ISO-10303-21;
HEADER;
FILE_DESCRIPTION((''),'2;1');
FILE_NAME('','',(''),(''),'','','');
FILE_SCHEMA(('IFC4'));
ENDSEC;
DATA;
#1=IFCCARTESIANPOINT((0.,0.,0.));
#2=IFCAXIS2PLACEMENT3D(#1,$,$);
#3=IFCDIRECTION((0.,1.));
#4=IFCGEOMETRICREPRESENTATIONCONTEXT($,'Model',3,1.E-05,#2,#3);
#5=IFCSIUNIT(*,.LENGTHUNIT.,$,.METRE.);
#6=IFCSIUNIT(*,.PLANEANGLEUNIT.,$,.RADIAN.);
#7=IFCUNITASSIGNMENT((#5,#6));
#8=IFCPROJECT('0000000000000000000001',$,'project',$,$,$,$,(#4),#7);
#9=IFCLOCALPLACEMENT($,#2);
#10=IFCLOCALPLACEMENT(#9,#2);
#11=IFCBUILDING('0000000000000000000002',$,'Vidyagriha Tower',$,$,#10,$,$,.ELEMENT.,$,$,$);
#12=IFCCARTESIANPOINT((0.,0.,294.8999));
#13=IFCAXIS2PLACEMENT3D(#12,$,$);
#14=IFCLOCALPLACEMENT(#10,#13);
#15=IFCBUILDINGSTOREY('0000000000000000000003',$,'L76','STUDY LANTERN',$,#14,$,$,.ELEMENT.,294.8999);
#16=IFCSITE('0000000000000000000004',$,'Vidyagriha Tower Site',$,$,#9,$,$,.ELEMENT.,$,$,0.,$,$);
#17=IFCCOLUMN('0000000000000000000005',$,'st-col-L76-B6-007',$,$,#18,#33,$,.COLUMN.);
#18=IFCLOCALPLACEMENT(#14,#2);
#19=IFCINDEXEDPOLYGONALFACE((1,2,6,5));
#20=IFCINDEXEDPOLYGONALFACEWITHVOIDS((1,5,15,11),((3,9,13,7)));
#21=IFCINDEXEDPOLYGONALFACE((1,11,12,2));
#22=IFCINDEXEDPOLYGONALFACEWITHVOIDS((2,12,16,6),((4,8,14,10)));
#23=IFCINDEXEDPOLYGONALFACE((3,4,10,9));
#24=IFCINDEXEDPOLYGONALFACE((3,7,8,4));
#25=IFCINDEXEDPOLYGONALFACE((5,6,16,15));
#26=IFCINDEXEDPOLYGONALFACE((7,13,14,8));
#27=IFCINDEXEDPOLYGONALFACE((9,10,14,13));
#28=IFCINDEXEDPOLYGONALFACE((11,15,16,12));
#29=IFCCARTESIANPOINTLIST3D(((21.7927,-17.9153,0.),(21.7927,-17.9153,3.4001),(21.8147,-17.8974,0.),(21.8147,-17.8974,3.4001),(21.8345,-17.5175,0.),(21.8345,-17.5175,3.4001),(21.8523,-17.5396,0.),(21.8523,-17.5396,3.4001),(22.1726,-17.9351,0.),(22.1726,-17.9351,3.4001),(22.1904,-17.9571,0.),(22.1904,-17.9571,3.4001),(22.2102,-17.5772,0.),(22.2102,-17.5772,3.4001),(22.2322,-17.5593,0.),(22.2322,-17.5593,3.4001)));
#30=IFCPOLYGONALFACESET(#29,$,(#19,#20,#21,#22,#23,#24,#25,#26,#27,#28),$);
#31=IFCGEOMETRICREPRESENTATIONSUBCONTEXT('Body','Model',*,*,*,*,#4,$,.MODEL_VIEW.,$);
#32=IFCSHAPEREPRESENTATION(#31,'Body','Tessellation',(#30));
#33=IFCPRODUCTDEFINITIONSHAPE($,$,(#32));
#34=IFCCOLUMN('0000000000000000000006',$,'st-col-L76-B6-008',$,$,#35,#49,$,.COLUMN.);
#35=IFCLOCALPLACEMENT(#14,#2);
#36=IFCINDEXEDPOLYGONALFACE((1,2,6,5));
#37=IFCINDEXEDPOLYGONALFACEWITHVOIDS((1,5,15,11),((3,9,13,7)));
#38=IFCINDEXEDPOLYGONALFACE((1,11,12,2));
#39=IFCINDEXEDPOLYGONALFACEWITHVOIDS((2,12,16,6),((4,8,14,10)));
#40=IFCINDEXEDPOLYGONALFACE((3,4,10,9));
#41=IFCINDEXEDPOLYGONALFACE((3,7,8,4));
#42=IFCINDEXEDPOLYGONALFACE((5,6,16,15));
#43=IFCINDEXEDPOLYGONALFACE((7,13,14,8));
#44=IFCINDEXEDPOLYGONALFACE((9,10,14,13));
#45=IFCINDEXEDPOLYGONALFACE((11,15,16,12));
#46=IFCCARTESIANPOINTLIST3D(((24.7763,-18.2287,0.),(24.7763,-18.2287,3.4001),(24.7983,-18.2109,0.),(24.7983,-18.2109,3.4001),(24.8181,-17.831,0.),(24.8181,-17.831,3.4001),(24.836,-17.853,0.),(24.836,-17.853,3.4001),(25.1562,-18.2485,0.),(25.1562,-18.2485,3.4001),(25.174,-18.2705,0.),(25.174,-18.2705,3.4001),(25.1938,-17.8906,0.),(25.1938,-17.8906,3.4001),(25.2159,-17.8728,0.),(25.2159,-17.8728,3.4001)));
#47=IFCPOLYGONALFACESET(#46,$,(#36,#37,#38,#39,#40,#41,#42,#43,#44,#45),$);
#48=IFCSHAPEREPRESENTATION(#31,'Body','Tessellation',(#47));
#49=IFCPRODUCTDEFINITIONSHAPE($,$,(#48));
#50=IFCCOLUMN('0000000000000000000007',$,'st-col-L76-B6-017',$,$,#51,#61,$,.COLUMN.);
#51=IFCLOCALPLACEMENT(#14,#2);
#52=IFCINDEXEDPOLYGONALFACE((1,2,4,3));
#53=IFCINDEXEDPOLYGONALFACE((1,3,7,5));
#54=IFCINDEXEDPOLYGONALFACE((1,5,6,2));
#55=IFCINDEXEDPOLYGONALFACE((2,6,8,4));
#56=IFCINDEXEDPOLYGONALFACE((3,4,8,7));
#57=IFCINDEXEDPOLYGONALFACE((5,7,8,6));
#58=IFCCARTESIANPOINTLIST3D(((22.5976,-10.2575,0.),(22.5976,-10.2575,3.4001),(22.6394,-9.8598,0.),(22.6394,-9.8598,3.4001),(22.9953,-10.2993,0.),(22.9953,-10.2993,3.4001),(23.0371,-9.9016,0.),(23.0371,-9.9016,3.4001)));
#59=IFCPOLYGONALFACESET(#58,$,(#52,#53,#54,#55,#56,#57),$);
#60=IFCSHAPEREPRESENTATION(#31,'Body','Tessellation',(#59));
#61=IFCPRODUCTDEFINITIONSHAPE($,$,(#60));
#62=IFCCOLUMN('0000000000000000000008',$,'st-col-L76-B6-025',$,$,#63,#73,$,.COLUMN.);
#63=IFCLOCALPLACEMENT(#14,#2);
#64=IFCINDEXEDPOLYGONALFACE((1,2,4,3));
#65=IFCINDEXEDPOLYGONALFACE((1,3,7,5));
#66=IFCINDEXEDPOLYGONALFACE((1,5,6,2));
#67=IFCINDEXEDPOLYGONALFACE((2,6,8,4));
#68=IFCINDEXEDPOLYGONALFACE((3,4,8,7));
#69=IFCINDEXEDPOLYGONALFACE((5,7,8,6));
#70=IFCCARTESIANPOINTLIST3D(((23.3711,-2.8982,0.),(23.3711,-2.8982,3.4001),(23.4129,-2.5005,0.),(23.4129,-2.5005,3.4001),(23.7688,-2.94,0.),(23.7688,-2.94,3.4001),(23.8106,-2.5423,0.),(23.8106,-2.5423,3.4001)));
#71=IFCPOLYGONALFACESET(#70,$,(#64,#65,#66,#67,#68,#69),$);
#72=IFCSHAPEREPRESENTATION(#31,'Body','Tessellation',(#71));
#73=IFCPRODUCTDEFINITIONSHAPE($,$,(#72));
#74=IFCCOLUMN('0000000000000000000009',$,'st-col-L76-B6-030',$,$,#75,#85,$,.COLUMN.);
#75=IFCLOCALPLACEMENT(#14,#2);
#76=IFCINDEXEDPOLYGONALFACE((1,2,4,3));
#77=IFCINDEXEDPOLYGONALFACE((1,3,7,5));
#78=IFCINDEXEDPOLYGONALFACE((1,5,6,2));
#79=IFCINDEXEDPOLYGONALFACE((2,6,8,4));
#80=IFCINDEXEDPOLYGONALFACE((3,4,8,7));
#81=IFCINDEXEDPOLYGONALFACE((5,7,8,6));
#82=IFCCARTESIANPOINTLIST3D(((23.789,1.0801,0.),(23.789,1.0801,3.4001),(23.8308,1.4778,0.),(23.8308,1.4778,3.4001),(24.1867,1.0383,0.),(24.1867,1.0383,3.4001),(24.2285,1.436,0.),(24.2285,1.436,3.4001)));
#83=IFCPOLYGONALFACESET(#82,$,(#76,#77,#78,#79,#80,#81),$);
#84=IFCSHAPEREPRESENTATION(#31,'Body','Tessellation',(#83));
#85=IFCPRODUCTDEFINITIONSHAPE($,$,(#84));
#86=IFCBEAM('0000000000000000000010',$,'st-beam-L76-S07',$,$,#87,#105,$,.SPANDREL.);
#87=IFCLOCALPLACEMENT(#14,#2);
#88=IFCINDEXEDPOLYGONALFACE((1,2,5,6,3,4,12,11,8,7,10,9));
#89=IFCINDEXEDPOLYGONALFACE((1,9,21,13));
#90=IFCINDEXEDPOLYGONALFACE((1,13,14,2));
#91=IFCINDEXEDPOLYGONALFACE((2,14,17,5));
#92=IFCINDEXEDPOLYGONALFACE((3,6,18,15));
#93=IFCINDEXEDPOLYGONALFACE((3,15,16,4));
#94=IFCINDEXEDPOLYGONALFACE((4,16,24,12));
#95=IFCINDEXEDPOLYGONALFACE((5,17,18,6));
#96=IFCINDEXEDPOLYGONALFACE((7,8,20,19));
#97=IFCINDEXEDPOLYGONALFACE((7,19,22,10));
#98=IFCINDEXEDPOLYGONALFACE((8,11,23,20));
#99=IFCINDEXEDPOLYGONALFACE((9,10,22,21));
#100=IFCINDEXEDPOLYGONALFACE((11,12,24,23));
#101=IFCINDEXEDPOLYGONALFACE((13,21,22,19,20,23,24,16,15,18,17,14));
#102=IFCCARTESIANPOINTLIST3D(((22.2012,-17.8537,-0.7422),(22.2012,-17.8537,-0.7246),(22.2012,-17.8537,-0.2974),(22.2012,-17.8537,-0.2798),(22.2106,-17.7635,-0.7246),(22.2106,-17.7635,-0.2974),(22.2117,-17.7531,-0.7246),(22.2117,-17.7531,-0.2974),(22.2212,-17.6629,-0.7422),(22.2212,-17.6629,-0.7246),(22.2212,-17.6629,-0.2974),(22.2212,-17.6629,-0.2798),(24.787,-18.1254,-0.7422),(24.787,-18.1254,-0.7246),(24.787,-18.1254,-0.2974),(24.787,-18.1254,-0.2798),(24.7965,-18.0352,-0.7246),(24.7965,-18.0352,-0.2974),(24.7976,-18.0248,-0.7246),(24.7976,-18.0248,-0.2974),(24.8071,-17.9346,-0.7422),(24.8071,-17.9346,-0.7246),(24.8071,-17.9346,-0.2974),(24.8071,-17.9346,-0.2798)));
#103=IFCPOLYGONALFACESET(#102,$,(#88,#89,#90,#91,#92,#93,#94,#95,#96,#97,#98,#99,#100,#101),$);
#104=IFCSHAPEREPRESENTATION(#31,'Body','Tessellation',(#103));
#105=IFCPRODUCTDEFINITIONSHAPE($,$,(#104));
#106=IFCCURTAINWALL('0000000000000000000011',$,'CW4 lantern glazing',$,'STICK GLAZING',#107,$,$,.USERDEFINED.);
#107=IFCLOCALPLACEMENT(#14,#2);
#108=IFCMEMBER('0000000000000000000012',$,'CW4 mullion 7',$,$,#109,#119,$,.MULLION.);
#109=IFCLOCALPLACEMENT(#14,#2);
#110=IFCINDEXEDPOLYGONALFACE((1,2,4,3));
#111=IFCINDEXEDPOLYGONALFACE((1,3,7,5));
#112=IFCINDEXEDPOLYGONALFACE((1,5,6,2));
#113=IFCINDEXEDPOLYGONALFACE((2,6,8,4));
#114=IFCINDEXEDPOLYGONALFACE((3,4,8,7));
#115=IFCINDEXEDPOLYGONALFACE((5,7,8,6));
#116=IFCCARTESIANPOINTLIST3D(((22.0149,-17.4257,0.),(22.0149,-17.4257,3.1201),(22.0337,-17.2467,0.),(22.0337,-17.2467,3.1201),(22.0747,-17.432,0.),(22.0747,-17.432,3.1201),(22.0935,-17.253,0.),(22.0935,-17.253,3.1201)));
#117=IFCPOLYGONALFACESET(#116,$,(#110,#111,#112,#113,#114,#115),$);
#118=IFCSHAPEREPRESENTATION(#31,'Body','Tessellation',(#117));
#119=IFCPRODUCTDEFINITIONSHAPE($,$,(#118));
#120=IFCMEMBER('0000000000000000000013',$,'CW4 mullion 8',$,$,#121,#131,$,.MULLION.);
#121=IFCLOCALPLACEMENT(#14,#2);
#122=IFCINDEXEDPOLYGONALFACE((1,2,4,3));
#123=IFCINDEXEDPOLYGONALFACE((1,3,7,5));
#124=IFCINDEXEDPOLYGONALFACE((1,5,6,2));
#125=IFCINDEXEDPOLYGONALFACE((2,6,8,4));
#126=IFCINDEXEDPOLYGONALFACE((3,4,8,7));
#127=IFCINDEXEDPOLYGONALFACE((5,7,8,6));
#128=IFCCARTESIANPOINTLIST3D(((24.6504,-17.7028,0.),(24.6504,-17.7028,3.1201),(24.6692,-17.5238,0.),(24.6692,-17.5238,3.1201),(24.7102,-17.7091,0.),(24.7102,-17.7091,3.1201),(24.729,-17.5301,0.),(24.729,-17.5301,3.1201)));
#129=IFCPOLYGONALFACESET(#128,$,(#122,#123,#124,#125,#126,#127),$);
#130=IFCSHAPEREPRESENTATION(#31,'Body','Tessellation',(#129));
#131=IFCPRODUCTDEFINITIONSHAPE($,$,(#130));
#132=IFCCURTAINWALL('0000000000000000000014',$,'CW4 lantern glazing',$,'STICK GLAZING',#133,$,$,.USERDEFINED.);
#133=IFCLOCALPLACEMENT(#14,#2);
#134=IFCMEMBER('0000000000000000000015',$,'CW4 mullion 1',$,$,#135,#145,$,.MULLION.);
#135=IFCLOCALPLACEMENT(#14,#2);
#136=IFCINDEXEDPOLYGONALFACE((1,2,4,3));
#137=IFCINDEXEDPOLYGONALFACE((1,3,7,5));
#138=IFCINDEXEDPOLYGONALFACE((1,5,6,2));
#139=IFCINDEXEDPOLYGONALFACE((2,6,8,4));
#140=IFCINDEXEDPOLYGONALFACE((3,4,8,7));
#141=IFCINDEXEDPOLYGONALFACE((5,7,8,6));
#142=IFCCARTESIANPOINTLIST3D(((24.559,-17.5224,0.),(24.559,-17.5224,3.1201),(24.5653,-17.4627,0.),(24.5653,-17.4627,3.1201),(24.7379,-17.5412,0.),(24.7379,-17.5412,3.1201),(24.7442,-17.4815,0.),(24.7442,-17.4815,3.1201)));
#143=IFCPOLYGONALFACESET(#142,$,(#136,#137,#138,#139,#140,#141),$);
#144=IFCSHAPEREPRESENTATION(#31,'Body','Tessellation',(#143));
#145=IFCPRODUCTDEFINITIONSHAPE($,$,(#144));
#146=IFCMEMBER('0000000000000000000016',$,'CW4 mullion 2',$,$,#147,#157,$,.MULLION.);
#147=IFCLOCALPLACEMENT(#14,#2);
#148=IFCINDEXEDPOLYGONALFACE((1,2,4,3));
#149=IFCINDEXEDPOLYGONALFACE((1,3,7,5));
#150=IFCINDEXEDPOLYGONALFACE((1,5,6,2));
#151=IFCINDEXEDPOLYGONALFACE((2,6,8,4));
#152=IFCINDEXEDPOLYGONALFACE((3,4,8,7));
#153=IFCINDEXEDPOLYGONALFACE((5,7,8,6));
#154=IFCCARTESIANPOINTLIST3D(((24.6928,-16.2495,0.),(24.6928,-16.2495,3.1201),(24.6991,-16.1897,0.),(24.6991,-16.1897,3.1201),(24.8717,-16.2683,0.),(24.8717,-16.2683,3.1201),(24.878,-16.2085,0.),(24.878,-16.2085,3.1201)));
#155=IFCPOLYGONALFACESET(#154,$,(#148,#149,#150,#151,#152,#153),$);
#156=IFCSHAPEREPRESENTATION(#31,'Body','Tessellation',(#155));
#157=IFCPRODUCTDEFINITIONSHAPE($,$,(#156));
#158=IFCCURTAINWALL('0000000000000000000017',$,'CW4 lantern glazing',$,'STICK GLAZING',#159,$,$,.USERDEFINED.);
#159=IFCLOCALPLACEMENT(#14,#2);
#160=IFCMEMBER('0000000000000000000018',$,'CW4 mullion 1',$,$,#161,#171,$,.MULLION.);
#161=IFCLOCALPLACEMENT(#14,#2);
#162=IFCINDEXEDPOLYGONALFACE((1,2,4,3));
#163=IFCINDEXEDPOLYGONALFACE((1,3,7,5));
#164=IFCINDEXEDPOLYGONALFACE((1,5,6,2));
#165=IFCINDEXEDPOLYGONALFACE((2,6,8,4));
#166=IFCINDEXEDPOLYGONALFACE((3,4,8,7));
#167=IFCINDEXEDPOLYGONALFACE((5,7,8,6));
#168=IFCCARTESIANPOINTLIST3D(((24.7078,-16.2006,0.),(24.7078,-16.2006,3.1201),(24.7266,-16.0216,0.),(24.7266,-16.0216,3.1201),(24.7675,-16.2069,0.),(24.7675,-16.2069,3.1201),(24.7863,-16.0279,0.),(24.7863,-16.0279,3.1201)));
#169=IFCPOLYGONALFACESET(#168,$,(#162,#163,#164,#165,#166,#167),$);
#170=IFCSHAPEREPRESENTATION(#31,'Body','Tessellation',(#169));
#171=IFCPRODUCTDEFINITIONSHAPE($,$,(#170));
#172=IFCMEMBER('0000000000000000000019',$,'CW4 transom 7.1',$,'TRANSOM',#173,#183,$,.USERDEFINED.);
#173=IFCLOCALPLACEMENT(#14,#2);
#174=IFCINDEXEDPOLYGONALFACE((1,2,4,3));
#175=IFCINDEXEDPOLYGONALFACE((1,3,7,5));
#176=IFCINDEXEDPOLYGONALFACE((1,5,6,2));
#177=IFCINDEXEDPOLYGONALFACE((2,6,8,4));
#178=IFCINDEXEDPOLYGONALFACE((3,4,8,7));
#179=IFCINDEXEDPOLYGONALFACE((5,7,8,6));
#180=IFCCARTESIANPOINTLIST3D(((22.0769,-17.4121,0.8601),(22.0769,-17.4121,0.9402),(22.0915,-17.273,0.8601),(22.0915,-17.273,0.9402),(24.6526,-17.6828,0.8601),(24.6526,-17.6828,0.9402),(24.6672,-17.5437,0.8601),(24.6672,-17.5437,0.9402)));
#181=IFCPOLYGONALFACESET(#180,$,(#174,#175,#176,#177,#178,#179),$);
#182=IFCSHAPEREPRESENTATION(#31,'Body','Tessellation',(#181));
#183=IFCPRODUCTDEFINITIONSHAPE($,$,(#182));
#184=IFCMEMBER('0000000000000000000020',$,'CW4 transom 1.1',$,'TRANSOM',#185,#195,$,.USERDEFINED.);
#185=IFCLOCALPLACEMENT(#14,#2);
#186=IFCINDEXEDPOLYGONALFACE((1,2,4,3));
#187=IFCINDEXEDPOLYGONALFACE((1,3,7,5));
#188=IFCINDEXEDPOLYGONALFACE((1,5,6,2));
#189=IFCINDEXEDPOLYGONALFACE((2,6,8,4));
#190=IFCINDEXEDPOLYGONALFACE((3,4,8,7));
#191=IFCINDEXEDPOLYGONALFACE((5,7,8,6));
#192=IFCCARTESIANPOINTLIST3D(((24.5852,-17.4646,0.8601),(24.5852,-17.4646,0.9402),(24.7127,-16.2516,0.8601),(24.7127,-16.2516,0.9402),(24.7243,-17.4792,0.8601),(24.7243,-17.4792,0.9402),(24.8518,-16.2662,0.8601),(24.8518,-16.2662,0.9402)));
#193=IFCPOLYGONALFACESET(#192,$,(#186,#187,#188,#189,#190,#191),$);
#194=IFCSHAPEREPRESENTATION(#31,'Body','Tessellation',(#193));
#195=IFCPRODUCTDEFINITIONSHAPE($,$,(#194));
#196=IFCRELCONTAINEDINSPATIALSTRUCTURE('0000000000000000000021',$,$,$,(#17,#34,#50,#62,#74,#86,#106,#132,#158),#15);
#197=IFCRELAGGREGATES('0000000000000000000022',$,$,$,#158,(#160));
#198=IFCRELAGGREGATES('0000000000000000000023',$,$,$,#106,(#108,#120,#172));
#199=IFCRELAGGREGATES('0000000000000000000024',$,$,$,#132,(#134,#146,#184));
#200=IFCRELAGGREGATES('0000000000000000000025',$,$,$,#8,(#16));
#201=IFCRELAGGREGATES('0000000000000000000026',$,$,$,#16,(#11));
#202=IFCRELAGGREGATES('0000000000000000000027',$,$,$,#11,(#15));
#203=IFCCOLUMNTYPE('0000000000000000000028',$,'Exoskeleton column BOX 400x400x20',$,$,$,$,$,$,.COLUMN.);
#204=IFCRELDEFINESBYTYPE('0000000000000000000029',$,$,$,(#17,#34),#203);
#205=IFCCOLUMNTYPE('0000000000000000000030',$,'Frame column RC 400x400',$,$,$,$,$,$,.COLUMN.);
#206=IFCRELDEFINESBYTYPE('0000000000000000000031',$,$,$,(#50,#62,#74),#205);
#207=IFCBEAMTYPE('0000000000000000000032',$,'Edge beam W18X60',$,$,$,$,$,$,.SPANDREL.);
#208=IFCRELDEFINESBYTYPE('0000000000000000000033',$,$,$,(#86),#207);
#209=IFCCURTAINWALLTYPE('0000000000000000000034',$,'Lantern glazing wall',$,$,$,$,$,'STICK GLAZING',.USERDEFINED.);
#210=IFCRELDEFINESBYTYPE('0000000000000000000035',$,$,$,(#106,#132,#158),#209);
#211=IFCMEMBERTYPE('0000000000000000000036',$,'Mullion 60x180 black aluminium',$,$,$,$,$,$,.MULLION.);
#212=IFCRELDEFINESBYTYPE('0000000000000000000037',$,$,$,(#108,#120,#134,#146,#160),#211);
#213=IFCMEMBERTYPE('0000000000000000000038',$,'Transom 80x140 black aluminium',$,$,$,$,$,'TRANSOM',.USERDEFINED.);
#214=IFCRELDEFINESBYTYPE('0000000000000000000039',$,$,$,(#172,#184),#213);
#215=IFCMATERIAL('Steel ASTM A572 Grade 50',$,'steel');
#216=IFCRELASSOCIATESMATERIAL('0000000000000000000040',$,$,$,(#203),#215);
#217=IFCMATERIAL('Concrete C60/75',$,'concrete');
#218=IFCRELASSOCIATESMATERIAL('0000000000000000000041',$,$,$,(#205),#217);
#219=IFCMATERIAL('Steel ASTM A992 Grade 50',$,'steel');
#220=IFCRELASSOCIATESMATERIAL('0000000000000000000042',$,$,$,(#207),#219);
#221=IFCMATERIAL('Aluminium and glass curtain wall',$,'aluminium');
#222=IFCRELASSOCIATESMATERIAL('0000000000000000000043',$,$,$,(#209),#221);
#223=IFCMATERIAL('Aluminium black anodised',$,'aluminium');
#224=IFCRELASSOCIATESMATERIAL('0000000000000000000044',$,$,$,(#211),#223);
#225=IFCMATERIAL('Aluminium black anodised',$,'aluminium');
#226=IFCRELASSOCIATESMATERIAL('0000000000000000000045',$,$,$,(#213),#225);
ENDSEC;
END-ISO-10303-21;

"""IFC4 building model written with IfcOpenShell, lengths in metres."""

from ifc_helpers import new_model, si_unit, direction, frame, origin, origin_2d, place, context, subcontext, project, spatial, rectangle, hollow_rectangle, i_section, extrude, material, material_profile, profile_set, type_object, element, aggregate, save


model = new_model("IFC4")

# Units and contexts
model_context = context("Model", 3, precision=1e-05, world=origin(), true_north=direction((0.0, 1.0)))
body_context = subcontext(model_context, "Body", "Model", "MODEL_VIEW")
ifc_project = project(units=[si_unit("LENGTHUNIT", "METRE"), si_unit("PLANEANGLEUNIT", "RADIAN")], contexts=[model_context])

# Site, building, storey
site_placement = place(None, origin())
site = spatial("IfcSite", under=ifc_project, at=site_placement, Name="Vidyagriha Tower Site", CompositionType="ELEMENT", RefElevation=0.0)
building_placement = place(site_placement, origin())
building = spatial("IfcBuilding", under=site, at=building_placement, Name="Vidyagriha Tower", CompositionType="ELEMENT")
storey_placement = place(building_placement, frame((0.0, 0.0, 294.8999)))
storey = spatial("IfcBuildingStorey", under=building, at=storey_placement, Name="L76", Description="STUDY LANTERN", CompositionType="ELEMENT", Elevation=294.8999)

# Columns
ifc_material_1 = material(Name="Steel ASTM A572 Grade 50", Category="steel")
ifc_material_profile_1 = material_profile(ifc_material_1, hollow_rectangle(XDim=0.3999, YDim=0.3999, WallThickness=0.02, at=origin_2d()), Name="BOX 400x400x20")
ifc_profile_set_1 = profile_set([ifc_material_profile_1], Name="Steel ASTM A572 Grade 50")
column_type_1 = type_object("IfcColumnType", Name="Exoskeleton column BOX 400x400x20", PredefinedType="COLUMN", material=ifc_profile_set_1)
for number, where, z_axis, x_axis, name in (
    (1, (22.0125, -17.7373, 0.0), (0.0, 0.0, 1.0), (0.994522, -0.104528, 0.0), "st-col-L76-B6-007"),
    (2, (24.9961, -18.0508, 0.0), (0.0, 0.0, 1.0), (0.994522, -0.104528, 0.0), "st-col-L76-B6-008"),
):
    element("IfcColumn", number, at=place(storey_placement, frame(where, z_axis=z_axis, x_axis=x_axis)), inside=storey, type_object=column_type_1, Name=name, PredefinedType="COLUMN", context=body_context, shape_type="SweptSolid", body=[
        extrude(hollow_rectangle(XDim=0.3999, YDim=0.3999, WallThickness=0.02, at=origin_2d()), origin(), (0.0, 0.0, 1.0), 3.4001),
    ])
ifc_material_2 = material(Name="Concrete C60/75", Category="concrete")
ifc_material_profile_2 = material_profile(ifc_material_2, rectangle(XDim=0.3999, YDim=0.3999, at=origin_2d()), Name="RC 400x400")
ifc_profile_set_2 = profile_set([ifc_material_profile_2], Name="Concrete C60/75")
column_type_2 = type_object("IfcColumnType", Name="Frame column RC 400x400", PredefinedType="COLUMN", material=ifc_profile_set_2)
for number, where, z_axis, x_axis, name in (
    (3, (22.8174, -10.0796, 0.0), (0.0, 0.0, 1.0), (0.994522, -0.104528, 0.0), "st-col-L76-B6-017"),
    (4, (23.5908, -2.7202, 0.0), (0.0, 0.0, 1.0), (0.994522, -0.104528, 0.0), "st-col-L76-B6-025"),
    (5, (24.0088, 1.2581, 0.0), (0.0, 0.0, 1.0), (0.994522, -0.104528, 0.0), "st-col-L76-B6-030"),
):
    element("IfcColumn", number, at=place(storey_placement, frame(where, z_axis=z_axis, x_axis=x_axis)), inside=storey, type_object=column_type_2, Name=name, PredefinedType="COLUMN", context=body_context, shape_type="SweptSolid", body=[
        extrude(rectangle(XDim=0.3999, YDim=0.3999, at=origin_2d()), origin(), (0.0, 0.0, 1.0), 3.4001),
    ])

# Beam
ifc_material_3 = material(Name="Steel ASTM A992 Grade 50", Category="steel")
ifc_material_profile_3 = material_profile(ifc_material_3, i_section(OverallWidth=0.1919, OverallDepth=0.4624, WebThickness=0.0105, FlangeThickness=0.0176, at=origin_2d()), Name="W18X60")
ifc_profile_set_3 = profile_set([ifc_material_profile_3], Name="Steel ASTM A992 Grade 50")
beam_type = type_object("IfcBeamType", Name="Edge beam W18X60", PredefinedType="SPANDREL", material=ifc_profile_set_3)
beam_placement = place(storey_placement, frame((22.2112, -17.7583, -0.511), z_axis=(0.994524, -0.104504, 0.0), x_axis=(0.104504, 0.994524, 0.0)))
element("IfcBeam", 6, at=beam_placement, inside=storey, type_object=beam_type, Name="st-beam-L76-S07", PredefinedType="SPANDREL", context=body_context, shape_type="SweptSolid", body=[
    extrude(i_section(OverallWidth=0.1919, OverallDepth=0.4624, WebThickness=0.0105, FlangeThickness=0.0176, at=origin_2d()), origin(), (0.0, 0.0, 1.0), 2.6001),
])

# Curtain walls, members
ifc_material_4 = material(Name="Aluminium and glass curtain wall", Category="aluminium")
curtain_wall_type = type_object("IfcCurtainWallType", Name="Lantern glazing wall", ElementType="STICK GLAZING", PredefinedType="USERDEFINED", material=ifc_material_4)
curtain_wall_1_placement = place(storey_placement, origin())
curtain_wall_1 = element("IfcCurtainWall", 7, at=curtain_wall_1_placement, inside=storey, type_object=curtain_wall_type, Name="CW4 lantern glazing", ObjectType="STICK GLAZING", PredefinedType="USERDEFINED")
ifc_material_5 = material(Name="Aluminium black anodised", Category="aluminium")
ifc_material_profile_4 = material_profile(ifc_material_5, rectangle(XDim=0.1799, YDim=0.0601, at=origin_2d()), Name="Mullion 60x180 black aluminium")
ifc_profile_set_4 = profile_set([ifc_material_profile_4], Name="Aluminium black anodised")
member_type_1 = type_object("IfcMemberType", Name="Mullion 60x180 black aluminium", PredefinedType="MULLION", material=ifc_profile_set_4)
member_1_placement = place(storey_placement, frame((22.0542, -17.3394, 0.0), z_axis=(0.0, 0.0, 1.0), x_axis=(0.104528, 0.994522, 0.0)))
member_1 = element("IfcMember", 8, at=member_1_placement, type_object=member_type_1, Name="CW4 mullion 7", PredefinedType="MULLION", context=body_context, shape_type="SweptSolid", body=[
    extrude(rectangle(XDim=0.1799, YDim=0.0601, at=origin_2d()), origin(), (0.0, 0.0, 1.0), 3.1201),
])
member_2_placement = place(storey_placement, frame((24.6897, -17.6165, 0.0), z_axis=(0.0, 0.0, 1.0), x_axis=(0.104528, 0.994522, 0.0)))
member_2 = element("IfcMember", 9, at=member_2_placement, type_object=member_type_1, Name="CW4 mullion 8", PredefinedType="MULLION", context=body_context, shape_type="SweptSolid", body=[
    extrude(rectangle(XDim=0.1799, YDim=0.0601, at=origin_2d()), origin(), (0.0, 0.0, 1.0), 3.1201),
])
curtain_wall_2_placement = place(storey_placement, origin())
curtain_wall_2 = element("IfcCurtainWall", 10, at=curtain_wall_2_placement, inside=storey, type_object=curtain_wall_type, Name="CW4 lantern glazing", ObjectType="STICK GLAZING", PredefinedType="USERDEFINED")
member_3_placement = place(storey_placement, frame((24.6516, -17.502, 0.0), z_axis=(0.0, 0.0, 1.0), x_axis=(-0.994519, 0.104557, 0.0)))
member_3 = element("IfcMember", 11, at=member_3_placement, type_object=member_type_1, Name="CW4 mullion 1", PredefinedType="MULLION", context=body_context, shape_type="SweptSolid", body=[
    extrude(rectangle(XDim=0.1799, YDim=0.0601, at=origin_2d()), origin(), (0.0, 0.0, 1.0), 3.1201),
])
member_4_placement = place(storey_placement, frame((24.7854, -16.229, 0.0), z_axis=(0.0, 0.0, 1.0), x_axis=(-0.994519, 0.104557, 0.0)))
member_4 = element("IfcMember", 12, at=member_4_placement, type_object=member_type_1, Name="CW4 mullion 2", PredefinedType="MULLION", context=body_context, shape_type="SweptSolid", body=[
    extrude(rectangle(XDim=0.1799, YDim=0.0601, at=origin_2d()), origin(), (0.0, 0.0, 1.0), 3.1201),
])

# Curtain wall, member
curtain_wall_3_placement = place(storey_placement, origin())
curtain_wall_3 = element("IfcCurtainWall", 13, at=curtain_wall_3_placement, inside=storey, type_object=curtain_wall_type, Name="CW4 lantern glazing", ObjectType="STICK GLAZING", PredefinedType="USERDEFINED")
member_5_placement = place(storey_placement, frame((24.7471, -16.1143, 0.0), z_axis=(0.0, 0.0, 1.0), x_axis=(0.104519, 0.994523, 0.0)))
member_5 = element("IfcMember", 14, at=member_5_placement, type_object=member_type_1, Name="CW4 mullion 1", PredefinedType="MULLION", context=body_context, shape_type="SweptSolid", body=[
    extrude(rectangle(XDim=0.1799, YDim=0.0601, at=origin_2d()), origin(), (0.0, 0.0, 1.0), 3.1201),
])

# Members
ifc_material_6 = material(Name="Aluminium black anodised", Category="aluminium")
ifc_material_profile_5 = material_profile(ifc_material_6, rectangle(XDim=0.1399, YDim=0.0801, at=origin_2d()), Name="Transom 80x140 black aluminium")
ifc_profile_set_5 = profile_set([ifc_material_profile_5], Name="Aluminium black anodised")
member_type_2 = type_object("IfcMemberType", Name="Transom 80x140 black aluminium", ElementType="TRANSOM", PredefinedType="USERDEFINED", material=ifc_profile_set_5)
member_6_placement = place(storey_placement, frame((22.0842, -17.3425, 0.9001), z_axis=(0.99452, -0.104542, 0.0), x_axis=(0.104542, 0.99452, 0.0)))
member_6 = element("IfcMember", 15, at=member_6_placement, type_object=member_type_2, Name="CW4 transom 7.1", ObjectType="TRANSOM", PredefinedType="USERDEFINED", context=body_context, shape_type="SweptSolid", body=[
    extrude(rectangle(XDim=0.1399, YDim=0.0801, at=origin_2d()), origin(), (0.0, 0.0, 1.0), 2.5898),
])
member_7_placement = place(storey_placement, frame((24.6548, -17.4719, 0.9001), z_axis=(0.104476, 0.994527, 0.0), x_axis=(-0.994527, 0.104476, 0.0)))
member_7 = element("IfcMember", 16, at=member_7_placement, type_object=member_type_2, Name="CW4 transom 1.1", ObjectType="TRANSOM", PredefinedType="USERDEFINED", context=body_context, shape_type="SweptSolid", body=[
    extrude(rectangle(XDim=0.1399, YDim=0.0801, at=origin_2d()), origin(), (0.0, 0.0, 1.0), 1.2197),
])
aggregate(curtain_wall_3, [member_5])

aggregate(curtain_wall_1, [member_1, member_2, member_6])
aggregate(curtain_wall_2, [member_3, member_4, member_7])

save(model, "model.ifc")
